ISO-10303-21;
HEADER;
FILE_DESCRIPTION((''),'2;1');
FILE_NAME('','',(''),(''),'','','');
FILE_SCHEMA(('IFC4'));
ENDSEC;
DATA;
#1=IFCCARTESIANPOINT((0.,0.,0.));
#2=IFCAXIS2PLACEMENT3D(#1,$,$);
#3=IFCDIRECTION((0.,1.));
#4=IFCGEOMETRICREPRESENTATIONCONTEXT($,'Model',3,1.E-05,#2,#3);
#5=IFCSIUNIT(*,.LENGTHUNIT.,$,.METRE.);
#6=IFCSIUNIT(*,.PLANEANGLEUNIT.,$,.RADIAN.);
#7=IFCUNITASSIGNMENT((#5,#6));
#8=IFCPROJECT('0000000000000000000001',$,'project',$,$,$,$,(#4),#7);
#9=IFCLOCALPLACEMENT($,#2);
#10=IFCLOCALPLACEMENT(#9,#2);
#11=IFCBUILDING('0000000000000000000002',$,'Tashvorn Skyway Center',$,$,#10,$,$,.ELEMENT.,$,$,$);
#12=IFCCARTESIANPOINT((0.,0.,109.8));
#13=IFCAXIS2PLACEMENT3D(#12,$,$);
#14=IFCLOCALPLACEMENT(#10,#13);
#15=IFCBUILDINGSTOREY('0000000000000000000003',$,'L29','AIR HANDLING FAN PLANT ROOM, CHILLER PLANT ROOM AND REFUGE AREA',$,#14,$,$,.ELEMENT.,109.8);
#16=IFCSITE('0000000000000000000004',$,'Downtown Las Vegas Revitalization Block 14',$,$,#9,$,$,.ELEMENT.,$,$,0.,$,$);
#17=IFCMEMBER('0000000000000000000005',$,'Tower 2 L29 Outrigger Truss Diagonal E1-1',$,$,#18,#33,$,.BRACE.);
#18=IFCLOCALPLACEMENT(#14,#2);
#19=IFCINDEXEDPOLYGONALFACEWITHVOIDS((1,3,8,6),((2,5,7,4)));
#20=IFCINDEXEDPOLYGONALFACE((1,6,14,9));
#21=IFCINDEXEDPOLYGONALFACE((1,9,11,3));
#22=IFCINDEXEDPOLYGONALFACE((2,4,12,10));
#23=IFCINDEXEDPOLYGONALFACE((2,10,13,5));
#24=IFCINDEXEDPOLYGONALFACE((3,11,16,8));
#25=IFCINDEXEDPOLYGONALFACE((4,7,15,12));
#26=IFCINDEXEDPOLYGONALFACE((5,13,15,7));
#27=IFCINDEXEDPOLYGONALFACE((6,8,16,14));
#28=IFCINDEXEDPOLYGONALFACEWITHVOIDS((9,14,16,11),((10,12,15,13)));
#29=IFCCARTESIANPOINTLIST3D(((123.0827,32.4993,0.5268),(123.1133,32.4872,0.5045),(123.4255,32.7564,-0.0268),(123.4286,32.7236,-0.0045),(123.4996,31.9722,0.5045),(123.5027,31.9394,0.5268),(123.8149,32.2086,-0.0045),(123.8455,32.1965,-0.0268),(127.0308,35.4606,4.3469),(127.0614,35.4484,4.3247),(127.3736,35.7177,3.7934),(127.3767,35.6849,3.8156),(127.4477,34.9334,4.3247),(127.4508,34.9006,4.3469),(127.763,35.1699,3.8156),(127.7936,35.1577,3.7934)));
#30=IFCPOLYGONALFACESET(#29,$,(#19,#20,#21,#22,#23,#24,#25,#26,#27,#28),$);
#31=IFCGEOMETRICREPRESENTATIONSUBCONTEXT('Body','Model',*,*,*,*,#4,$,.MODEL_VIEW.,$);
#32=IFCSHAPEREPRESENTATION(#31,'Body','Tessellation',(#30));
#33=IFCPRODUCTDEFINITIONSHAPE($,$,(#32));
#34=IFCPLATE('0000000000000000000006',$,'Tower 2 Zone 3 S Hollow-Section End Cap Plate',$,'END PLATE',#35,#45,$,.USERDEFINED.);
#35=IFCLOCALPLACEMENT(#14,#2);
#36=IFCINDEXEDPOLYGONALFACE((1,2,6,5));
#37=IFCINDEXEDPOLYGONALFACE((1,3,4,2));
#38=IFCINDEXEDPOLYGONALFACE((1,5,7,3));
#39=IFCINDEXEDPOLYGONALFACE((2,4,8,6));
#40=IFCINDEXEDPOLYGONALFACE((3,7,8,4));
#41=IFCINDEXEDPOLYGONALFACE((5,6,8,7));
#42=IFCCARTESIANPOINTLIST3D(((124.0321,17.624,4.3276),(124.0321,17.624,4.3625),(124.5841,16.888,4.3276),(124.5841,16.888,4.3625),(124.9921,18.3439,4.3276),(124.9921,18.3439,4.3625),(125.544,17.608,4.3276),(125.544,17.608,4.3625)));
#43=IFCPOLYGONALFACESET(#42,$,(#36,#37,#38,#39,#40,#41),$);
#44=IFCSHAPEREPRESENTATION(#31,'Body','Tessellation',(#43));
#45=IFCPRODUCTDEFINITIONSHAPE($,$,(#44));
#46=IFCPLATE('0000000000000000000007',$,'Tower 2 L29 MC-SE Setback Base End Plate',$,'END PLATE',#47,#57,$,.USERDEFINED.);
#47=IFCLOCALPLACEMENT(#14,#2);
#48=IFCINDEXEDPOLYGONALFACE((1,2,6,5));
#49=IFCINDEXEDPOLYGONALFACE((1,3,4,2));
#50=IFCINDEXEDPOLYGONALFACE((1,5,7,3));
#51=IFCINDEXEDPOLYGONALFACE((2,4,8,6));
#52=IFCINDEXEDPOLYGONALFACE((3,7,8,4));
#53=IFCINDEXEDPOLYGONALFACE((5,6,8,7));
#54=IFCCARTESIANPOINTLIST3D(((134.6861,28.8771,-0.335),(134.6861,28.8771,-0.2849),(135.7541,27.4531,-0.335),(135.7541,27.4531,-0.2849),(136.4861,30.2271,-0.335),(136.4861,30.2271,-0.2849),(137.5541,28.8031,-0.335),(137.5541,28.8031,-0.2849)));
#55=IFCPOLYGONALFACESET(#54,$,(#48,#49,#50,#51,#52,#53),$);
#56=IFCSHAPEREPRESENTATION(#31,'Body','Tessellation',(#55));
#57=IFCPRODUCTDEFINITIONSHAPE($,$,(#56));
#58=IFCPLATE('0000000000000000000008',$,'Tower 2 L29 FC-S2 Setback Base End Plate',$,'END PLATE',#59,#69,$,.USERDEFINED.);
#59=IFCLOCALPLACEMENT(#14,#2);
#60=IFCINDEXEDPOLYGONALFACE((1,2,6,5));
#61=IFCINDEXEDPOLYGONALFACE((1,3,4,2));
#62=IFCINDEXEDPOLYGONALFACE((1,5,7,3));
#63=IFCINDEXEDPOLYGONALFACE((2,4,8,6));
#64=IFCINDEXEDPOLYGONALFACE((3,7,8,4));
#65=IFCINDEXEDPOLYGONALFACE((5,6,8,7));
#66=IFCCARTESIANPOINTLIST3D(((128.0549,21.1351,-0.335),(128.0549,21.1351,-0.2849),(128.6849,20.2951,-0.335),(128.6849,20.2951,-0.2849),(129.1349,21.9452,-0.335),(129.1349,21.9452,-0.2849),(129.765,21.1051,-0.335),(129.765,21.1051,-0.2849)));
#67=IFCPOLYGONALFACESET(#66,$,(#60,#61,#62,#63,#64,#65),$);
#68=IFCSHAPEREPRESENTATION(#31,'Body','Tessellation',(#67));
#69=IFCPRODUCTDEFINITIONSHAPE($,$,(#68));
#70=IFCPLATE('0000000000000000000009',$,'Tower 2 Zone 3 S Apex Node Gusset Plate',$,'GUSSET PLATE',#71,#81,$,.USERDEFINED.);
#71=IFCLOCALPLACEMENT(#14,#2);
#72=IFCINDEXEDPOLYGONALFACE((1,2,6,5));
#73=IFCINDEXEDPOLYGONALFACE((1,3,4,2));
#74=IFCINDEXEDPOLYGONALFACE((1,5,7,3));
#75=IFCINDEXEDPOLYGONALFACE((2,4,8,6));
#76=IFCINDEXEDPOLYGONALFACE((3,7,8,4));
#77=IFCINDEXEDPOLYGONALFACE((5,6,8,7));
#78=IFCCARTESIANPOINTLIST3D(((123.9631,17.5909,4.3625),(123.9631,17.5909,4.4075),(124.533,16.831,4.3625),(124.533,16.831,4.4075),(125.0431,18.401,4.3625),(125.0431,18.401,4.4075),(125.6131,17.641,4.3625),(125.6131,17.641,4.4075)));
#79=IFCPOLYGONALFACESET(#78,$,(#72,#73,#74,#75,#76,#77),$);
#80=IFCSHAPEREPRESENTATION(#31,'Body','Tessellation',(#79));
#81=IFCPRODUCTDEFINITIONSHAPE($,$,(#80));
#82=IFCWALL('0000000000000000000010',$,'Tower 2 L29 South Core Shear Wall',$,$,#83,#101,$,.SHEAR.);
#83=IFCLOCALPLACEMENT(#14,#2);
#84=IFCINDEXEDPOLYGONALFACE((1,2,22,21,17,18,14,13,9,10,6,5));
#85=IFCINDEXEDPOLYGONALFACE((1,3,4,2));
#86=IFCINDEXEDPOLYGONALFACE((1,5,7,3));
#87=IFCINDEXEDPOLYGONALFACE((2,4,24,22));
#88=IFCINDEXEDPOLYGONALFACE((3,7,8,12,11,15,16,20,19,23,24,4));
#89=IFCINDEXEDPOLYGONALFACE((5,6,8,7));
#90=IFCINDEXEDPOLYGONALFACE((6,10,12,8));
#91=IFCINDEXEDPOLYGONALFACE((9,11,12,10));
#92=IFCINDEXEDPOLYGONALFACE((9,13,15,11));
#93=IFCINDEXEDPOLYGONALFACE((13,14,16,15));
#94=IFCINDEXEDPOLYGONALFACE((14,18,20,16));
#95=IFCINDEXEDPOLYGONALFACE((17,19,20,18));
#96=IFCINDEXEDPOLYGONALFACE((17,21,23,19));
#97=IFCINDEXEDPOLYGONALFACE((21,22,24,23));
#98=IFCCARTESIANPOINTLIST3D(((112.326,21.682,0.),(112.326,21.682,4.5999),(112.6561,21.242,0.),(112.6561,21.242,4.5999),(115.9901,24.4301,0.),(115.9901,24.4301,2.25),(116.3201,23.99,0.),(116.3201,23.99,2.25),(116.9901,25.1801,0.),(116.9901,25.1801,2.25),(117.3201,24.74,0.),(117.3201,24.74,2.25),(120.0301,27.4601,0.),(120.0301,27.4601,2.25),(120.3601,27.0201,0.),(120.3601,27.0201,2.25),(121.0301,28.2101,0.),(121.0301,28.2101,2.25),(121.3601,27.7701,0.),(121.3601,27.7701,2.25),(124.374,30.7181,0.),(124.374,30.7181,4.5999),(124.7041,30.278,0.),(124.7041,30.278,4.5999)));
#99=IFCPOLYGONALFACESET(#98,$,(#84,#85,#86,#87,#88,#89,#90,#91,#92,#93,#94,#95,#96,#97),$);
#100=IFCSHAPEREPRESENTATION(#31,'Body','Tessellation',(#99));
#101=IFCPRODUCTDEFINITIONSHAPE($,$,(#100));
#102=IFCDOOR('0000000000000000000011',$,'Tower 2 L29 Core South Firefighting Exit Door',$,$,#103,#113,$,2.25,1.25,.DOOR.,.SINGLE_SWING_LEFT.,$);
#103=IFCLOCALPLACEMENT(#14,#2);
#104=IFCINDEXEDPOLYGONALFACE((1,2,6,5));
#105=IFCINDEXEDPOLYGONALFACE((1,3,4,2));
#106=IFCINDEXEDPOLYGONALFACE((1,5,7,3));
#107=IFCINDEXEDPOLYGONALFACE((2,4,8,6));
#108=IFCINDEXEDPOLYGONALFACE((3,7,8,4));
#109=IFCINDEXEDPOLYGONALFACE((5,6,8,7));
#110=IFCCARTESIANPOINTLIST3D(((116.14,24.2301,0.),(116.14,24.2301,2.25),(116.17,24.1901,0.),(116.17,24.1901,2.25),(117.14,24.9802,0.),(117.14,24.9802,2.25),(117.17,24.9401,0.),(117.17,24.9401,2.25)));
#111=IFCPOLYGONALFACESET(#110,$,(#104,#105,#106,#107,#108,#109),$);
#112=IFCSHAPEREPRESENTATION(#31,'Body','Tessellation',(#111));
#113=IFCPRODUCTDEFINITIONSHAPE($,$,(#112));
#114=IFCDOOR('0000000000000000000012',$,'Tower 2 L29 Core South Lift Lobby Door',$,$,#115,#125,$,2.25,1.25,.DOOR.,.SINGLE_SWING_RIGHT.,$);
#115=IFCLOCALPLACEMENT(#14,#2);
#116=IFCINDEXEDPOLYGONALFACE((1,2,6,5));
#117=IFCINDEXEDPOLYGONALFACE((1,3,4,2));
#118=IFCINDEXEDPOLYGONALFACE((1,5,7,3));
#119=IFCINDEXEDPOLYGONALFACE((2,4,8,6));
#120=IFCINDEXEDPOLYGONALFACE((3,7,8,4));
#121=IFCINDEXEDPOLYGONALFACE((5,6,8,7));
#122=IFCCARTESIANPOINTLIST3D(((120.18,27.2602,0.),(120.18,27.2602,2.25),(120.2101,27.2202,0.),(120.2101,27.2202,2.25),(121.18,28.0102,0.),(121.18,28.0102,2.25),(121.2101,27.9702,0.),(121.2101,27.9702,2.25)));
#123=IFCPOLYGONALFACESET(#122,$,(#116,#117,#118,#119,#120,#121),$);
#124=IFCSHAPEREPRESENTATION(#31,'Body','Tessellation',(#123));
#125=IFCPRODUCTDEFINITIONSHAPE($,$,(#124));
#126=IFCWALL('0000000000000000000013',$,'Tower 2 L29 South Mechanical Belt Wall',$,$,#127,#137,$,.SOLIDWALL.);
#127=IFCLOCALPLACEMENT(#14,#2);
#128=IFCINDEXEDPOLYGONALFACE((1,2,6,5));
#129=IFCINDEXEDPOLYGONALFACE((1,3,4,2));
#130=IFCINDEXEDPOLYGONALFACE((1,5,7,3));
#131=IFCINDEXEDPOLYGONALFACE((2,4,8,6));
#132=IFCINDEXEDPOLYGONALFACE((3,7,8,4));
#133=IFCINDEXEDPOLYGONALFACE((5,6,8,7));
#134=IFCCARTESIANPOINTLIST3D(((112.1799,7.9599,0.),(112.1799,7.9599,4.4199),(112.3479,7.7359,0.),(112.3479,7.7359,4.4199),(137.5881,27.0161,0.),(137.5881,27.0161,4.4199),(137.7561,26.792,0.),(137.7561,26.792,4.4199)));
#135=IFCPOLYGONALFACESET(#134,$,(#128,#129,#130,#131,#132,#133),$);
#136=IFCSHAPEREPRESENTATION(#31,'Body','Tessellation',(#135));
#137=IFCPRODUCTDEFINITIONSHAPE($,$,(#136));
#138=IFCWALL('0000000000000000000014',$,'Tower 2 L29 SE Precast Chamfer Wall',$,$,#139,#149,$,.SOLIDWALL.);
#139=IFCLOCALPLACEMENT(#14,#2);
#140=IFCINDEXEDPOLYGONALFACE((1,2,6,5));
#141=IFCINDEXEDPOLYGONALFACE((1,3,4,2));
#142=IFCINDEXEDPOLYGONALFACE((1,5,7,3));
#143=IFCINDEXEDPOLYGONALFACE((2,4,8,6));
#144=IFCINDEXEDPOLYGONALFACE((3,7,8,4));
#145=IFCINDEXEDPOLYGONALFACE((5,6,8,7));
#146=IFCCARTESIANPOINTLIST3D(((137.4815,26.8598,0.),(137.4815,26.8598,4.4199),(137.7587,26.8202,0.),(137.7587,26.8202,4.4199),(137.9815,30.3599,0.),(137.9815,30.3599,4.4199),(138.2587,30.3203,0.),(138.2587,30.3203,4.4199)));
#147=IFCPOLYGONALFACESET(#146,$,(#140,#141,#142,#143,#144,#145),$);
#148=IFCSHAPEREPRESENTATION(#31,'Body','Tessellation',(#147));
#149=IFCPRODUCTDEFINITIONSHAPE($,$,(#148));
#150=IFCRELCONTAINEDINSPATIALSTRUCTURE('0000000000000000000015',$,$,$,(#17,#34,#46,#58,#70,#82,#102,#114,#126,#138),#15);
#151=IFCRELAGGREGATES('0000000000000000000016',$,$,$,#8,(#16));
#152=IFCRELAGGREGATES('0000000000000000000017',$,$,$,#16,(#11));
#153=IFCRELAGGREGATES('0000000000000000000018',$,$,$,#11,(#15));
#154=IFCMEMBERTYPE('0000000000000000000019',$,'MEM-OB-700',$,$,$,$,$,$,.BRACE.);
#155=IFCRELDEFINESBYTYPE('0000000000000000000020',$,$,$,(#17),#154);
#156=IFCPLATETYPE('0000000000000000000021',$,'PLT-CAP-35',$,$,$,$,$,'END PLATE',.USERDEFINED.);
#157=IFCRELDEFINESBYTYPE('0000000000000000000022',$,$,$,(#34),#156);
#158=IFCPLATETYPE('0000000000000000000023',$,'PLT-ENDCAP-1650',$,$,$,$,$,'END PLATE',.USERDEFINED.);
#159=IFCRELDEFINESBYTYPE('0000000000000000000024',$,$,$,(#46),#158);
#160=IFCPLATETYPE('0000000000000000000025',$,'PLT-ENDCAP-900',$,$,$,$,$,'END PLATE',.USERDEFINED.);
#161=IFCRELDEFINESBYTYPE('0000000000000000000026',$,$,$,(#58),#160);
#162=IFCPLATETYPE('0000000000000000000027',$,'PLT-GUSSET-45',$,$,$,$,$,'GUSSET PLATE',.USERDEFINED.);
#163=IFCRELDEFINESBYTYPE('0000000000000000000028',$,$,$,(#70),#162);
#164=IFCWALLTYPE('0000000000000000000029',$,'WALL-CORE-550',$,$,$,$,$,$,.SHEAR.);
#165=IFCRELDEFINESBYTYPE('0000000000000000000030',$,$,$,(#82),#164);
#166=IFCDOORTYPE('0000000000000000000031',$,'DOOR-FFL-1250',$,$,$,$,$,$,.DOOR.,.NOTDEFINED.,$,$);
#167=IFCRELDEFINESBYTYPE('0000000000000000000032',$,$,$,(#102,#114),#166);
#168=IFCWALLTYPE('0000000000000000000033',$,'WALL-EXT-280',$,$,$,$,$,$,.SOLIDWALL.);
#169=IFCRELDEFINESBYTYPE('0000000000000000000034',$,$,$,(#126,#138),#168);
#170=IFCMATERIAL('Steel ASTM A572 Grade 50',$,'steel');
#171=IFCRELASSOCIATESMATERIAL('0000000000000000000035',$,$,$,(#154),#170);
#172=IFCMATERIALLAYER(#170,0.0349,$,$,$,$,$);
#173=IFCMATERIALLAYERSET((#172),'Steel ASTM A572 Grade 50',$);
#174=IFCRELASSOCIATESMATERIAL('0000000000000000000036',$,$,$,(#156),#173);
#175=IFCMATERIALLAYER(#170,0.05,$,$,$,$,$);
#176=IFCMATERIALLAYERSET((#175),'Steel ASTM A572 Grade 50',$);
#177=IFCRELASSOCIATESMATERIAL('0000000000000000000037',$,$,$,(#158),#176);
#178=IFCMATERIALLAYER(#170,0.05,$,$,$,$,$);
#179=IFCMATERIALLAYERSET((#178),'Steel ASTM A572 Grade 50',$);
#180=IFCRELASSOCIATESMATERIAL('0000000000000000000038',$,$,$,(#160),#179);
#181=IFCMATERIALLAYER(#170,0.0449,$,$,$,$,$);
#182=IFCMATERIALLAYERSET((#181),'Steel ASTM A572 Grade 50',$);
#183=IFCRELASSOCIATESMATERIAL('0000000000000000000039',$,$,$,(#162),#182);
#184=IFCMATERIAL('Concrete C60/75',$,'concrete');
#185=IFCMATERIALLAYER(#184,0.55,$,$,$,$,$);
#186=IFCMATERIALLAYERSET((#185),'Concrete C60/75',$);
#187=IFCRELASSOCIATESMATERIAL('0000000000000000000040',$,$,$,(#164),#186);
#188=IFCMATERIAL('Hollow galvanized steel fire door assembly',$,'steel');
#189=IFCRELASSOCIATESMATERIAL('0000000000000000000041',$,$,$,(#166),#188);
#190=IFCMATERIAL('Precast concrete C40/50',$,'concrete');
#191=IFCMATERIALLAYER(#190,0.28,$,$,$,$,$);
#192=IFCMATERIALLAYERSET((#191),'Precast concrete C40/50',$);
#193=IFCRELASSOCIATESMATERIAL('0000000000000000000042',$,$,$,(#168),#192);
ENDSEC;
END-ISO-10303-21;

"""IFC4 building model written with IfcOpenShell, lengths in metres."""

from ifc_helpers import new_model, si_unit, direction, frame, frame_2d, origin, origin_2d, place, context, subcontext, project, spatial, rectangle, hollow_rectangle, extrude, material, layer, layer_set, material_profile, profile_set, type_object, element, fill, save


model = new_model("IFC4")

# Units and contexts
model_context = context("Model", 3, precision=1e-05, world=origin(), true_north=direction((0.0, 1.0)))
body_context = subcontext(model_context, "Body", "Model", "MODEL_VIEW")
ifc_project = project(units=[si_unit("LENGTHUNIT", "METRE"), si_unit("PLANEANGLEUNIT", "RADIAN")], contexts=[model_context])

# Site, building, storey
site_placement = place(None, origin())
site = spatial("IfcSite", under=ifc_project, at=site_placement, Name="Downtown Las Vegas Revitalization Block 14", CompositionType="ELEMENT", RefElevation=0.0)
building_placement = place(site_placement, origin())
building = spatial("IfcBuilding", under=site, at=building_placement, Name="Tashvorn Skyway Center", CompositionType="ELEMENT")
storey_placement = place(building_placement, frame((0.0, 0.0, 109.8)))
storey = spatial("IfcBuildingStorey", under=building, at=storey_placement, Name="L29", Description="AIR HANDLING FAN PLANT ROOM, CHILLER PLANT ROOM AND REFUGE AREA", CompositionType="ELEMENT", Elevation=109.8)

# Shared definitions
ifc_material_1 = material(Name="Steel ASTM A572 Grade 50", Category="steel")

# Member
ifc_material_profile_1 = material_profile(ifc_material_1, hollow_rectangle(XDim=0.7, YDim=0.7, WallThickness=0.0281, at=origin_2d()), Name="BOX700x700x28")
ifc_profile_set_1 = profile_set([ifc_material_profile_1], Name="Steel ASTM A572 Grade 50")
member_type_1 = type_object("IfcMemberType", Name="MEM-OB-700", PredefinedType="BRACE", material=ifc_profile_set_1)
member_1_placement = place(storey_placement, frame((123.4641, 32.3479, 0.25), z_axis=(0.632606, 0.474484, 0.612107), x_axis=(-0.600024, 0.799982, 0.0)))
element("IfcMember", 1, at=member_1_placement, inside=storey, type_object=member_type_1, Name="Tower 2 L29 Outrigger Truss Diagonal E1-1", PredefinedType="BRACE", context=body_context, shape_type="SweptSolid", body=[
    extrude(hollow_rectangle(XDim=0.7, YDim=0.7, WallThickness=0.0281, at=origin_2d()), origin(), (0.0, 0.0, 1.0), 6.241),
])

# Plates
ifc_layer_1 = layer(ifc_material_1, 0.0349)
ifc_layer_set_1 = layer_set([ifc_layer_1], Name="Steel ASTM A572 Grade 50")
plate_type_1 = type_object("IfcPlateType", Name="PLT-CAP-35", ElementType="END PLATE", PredefinedType="USERDEFINED", material=ifc_layer_set_1)
plate_1_placement = place(storey_placement, frame((124.7881, 17.616, 4.3276), z_axis=(0.0, 0.0, 1.0), x_axis=(0.8, 0.6, 0.0)))
element("IfcPlate", 2, at=plate_1_placement, inside=storey, type_object=plate_type_1, Name="Tower 2 Zone 3 S Hollow-Section End Cap Plate", ObjectType="END PLATE", PredefinedType="USERDEFINED", context=body_context, shape_type="SweptSolid", body=[
    extrude(rectangle(XDim=1.2, YDim=0.9199, at=origin_2d()), origin(), (0.0, 0.0, 1.0), 0.0349),
])
ifc_layer_2 = layer(ifc_material_1, 0.05)
ifc_layer_set_2 = layer_set([ifc_layer_2], Name="Steel ASTM A572 Grade 50")
plate_type_2 = type_object("IfcPlateType", Name="PLT-ENDCAP-1650", ElementType="END PLATE", PredefinedType="USERDEFINED", material=ifc_layer_set_2)
plate_2_placement = place(storey_placement, frame((136.1201, 28.8401, -0.335), z_axis=(0.0, 0.0, 1.0), x_axis=(0.8, 0.6, 0.0)))
element("IfcPlate", 3, at=plate_2_placement, inside=storey, type_object=plate_type_2, Name="Tower 2 L29 MC-SE Setback Base End Plate", ObjectType="END PLATE", PredefinedType="USERDEFINED", context=body_context, shape_type="SweptSolid", body=[
    extrude(rectangle(XDim=2.25, YDim=1.78, at=origin_2d()), origin(), (0.0, 0.0, 1.0), 0.05),
])
ifc_layer_3 = layer(ifc_material_1, 0.05)
ifc_layer_set_3 = layer_set([ifc_layer_3], Name="Steel ASTM A572 Grade 50")
plate_type_3 = type_object("IfcPlateType", Name="PLT-ENDCAP-900", ElementType="END PLATE", PredefinedType="USERDEFINED", material=ifc_layer_set_3)
plate_3_placement = place(storey_placement, frame((128.9099, 21.1201, -0.335), z_axis=(0.0, 0.0, 1.0), x_axis=(0.8, 0.6, 0.0)))
element("IfcPlate", 4, at=plate_3_placement, inside=storey, type_object=plate_type_3, Name="Tower 2 L29 FC-S2 Setback Base End Plate", ObjectType="END PLATE", PredefinedType="USERDEFINED", context=body_context, shape_type="SweptSolid", body=[
    extrude(rectangle(XDim=1.3501, YDim=1.05, at=origin_2d()), origin(), (0.0, 0.0, 1.0), 0.05),
])
ifc_layer_4 = layer(ifc_material_1, 0.0449)
ifc_layer_set_4 = layer_set([ifc_layer_4], Name="Steel ASTM A572 Grade 50")
plate_type_4 = type_object("IfcPlateType", Name="PLT-GUSSET-45", ElementType="GUSSET PLATE", PredefinedType="USERDEFINED", material=ifc_layer_set_4)
plate_4_placement = place(storey_placement, frame((124.7881, 17.616, 4.3625), z_axis=(0.0, 0.0, 1.0), x_axis=(0.8, 0.6, 0.0)))
element("IfcPlate", 5, at=plate_4_placement, inside=storey, type_object=plate_type_4, Name="Tower 2 Zone 3 S Apex Node Gusset Plate", ObjectType="GUSSET PLATE", PredefinedType="USERDEFINED", context=body_context, shape_type="SweptSolid", body=[
    extrude(rectangle(XDim=1.3501, YDim=0.95, at=origin_2d()), origin(), (0.0, 0.0, 1.0), 0.0449),
])

# Wall, openings, doors
ifc_material_2 = material(Name="Concrete C60/75", Category="concrete")
ifc_layer_5 = layer(ifc_material_2, 0.55)
ifc_layer_set_5 = layer_set([ifc_layer_5], Name="Concrete C60/75")
wall_type_1 = type_object("IfcWallType", Name="WALL-CORE-550", PredefinedType="SHEAR", material=ifc_layer_set_5)
wall_1_placement = place(storey_placement, frame((124.5391, 30.498, 0.0), z_axis=(0.0, 0.0, 1.0), x_axis=(-0.799998, -0.600003, 0.0)))
wall_1 = element("IfcWall", 6, at=wall_1_placement, inside=storey, type_object=wall_type_1, Name="Tower 2 L29 South Core Shear Wall", PredefinedType="SHEAR", context=body_context, shape_type="SweptSolid", body=[
    extrude(rectangle(XDim=15.0601, YDim=0.55, at=frame_2d((7.53, 0.0))), origin(), (0.0, 0.0, 1.0), 4.5999),
])
opening_1_placement = place(wall_1_placement, frame((9.23, 0.0, 0.0)))
opening_1 = element("IfcOpeningElement", 7, at=opening_1_placement, cuts=wall_1, PredefinedType="OPENING", context=body_context, shape_type="SweptSolid", body=[
    extrude(rectangle(XDim=1.25, YDim=2.25, at=frame_2d((0.625, 1.125))), frame((0.0, 0.2849, 0.0), z_axis=(0.0, -1.0, 0.0), x_axis=(1.0, 0.0, 0.0)), (0.0, 0.0, 1.0), 0.5701),
])
opening_2_placement = place(wall_1_placement, frame((4.1799, 0.0, 0.0)))
opening_2 = element("IfcOpeningElement", 8, at=opening_2_placement, cuts=wall_1, PredefinedType="OPENING", context=body_context, shape_type="SweptSolid", body=[
    extrude(rectangle(XDim=1.25, YDim=2.25, at=frame_2d((0.625, 1.125))), frame((0.0, 0.2849, 0.0), z_axis=(0.0, -1.0, 0.0), x_axis=(1.0, 0.0, 0.0)), (0.0, 0.0, 1.0), 0.5701),
])
ifc_material_3 = material(Name="Hollow galvanized steel fire door assembly", Category="steel")
door_type_1 = type_object("IfcDoorType", Name="DOOR-FFL-1250", OperationType="NOTDEFINED", PredefinedType="DOOR", material=ifc_material_3)
door_1_placement = place(opening_1_placement, origin())
door_1 = element("IfcDoor", 9, at=door_1_placement, inside=storey, type_object=door_type_1, Name="Tower 2 L29 Core South Firefighting Exit Door", OperationType="SINGLE_SWING_LEFT", OverallHeight=2.25, OverallWidth=1.25, PredefinedType="DOOR", context=body_context, shape_type="SweptSolid", body=[
    extrude(rectangle(XDim=1.25, YDim=2.25, at=frame_2d((0.625, 1.125))), frame((0.0, 0.0249, 0.0), z_axis=(0.0, -1.0, 0.0), x_axis=(1.0, 0.0, 0.0)), (0.0, 0.0, 1.0), 0.05),
])
fill(opening_1, door_1)
door_2_placement = place(opening_2_placement, origin())
door_2 = element("IfcDoor", 10, at=door_2_placement, inside=storey, type_object=door_type_1, Name="Tower 2 L29 Core South Lift Lobby Door", OperationType="SINGLE_SWING_RIGHT", OverallHeight=2.25, OverallWidth=1.25, PredefinedType="DOOR", context=body_context, shape_type="SweptSolid", body=[
    extrude(rectangle(XDim=1.25, YDim=2.25, at=frame_2d((0.625, 1.125))), frame((0.0, 0.0249, 0.0), z_axis=(0.0, -1.0, 0.0), x_axis=(1.0, 0.0, 0.0)), (0.0, 0.0, 1.0), 0.05),
])
fill(opening_2, door_2)

# Walls
ifc_material_4 = material(Name="Precast concrete C40/50", Category="concrete")
ifc_layer_6 = layer(ifc_material_4, 0.28)
ifc_layer_set_6 = layer_set([ifc_layer_6], Name="Precast concrete C40/50")
wall_type_2 = type_object("IfcWallType", Name="WALL-EXT-280", PredefinedType="SOLIDWALL", material=ifc_layer_set_6)
wall_2_placement = place(storey_placement, frame((137.6721, 26.9041, 0.0), z_axis=(0.0, 0.0, 1.0), x_axis=(-0.8, -0.6, 0.0)))
element("IfcWall", 11, at=wall_2_placement, inside=storey, type_object=wall_type_2, Name="Tower 2 L29 South Mechanical Belt Wall", PredefinedType="SOLIDWALL", context=body_context, shape_type="SweptSolid", body=[
    extrude(rectangle(XDim=31.7603, YDim=0.28, at=frame_2d((15.8801, 0.0))), origin(), (0.0, 0.0, 1.0), 4.4199),
])
wall_3_placement = place(storey_placement, frame((138.1201, 30.3401, 0.0), z_axis=(0.0, 0.0, 1.0), x_axis=(-0.141421, -0.989949, 0.0)))
element("IfcWall", 12, at=wall_3_placement, inside=storey, type_object=wall_type_2, Name="Tower 2 L29 SE Precast Chamfer Wall", PredefinedType="SOLIDWALL", context=body_context, shape_type="SweptSolid", body=[
    extrude(rectangle(XDim=3.5356, YDim=0.28, at=frame_2d((1.7678, 0.0))), origin(), (0.0, 0.0, 1.0), 4.4199),
])

save(model, "model.ifc")
